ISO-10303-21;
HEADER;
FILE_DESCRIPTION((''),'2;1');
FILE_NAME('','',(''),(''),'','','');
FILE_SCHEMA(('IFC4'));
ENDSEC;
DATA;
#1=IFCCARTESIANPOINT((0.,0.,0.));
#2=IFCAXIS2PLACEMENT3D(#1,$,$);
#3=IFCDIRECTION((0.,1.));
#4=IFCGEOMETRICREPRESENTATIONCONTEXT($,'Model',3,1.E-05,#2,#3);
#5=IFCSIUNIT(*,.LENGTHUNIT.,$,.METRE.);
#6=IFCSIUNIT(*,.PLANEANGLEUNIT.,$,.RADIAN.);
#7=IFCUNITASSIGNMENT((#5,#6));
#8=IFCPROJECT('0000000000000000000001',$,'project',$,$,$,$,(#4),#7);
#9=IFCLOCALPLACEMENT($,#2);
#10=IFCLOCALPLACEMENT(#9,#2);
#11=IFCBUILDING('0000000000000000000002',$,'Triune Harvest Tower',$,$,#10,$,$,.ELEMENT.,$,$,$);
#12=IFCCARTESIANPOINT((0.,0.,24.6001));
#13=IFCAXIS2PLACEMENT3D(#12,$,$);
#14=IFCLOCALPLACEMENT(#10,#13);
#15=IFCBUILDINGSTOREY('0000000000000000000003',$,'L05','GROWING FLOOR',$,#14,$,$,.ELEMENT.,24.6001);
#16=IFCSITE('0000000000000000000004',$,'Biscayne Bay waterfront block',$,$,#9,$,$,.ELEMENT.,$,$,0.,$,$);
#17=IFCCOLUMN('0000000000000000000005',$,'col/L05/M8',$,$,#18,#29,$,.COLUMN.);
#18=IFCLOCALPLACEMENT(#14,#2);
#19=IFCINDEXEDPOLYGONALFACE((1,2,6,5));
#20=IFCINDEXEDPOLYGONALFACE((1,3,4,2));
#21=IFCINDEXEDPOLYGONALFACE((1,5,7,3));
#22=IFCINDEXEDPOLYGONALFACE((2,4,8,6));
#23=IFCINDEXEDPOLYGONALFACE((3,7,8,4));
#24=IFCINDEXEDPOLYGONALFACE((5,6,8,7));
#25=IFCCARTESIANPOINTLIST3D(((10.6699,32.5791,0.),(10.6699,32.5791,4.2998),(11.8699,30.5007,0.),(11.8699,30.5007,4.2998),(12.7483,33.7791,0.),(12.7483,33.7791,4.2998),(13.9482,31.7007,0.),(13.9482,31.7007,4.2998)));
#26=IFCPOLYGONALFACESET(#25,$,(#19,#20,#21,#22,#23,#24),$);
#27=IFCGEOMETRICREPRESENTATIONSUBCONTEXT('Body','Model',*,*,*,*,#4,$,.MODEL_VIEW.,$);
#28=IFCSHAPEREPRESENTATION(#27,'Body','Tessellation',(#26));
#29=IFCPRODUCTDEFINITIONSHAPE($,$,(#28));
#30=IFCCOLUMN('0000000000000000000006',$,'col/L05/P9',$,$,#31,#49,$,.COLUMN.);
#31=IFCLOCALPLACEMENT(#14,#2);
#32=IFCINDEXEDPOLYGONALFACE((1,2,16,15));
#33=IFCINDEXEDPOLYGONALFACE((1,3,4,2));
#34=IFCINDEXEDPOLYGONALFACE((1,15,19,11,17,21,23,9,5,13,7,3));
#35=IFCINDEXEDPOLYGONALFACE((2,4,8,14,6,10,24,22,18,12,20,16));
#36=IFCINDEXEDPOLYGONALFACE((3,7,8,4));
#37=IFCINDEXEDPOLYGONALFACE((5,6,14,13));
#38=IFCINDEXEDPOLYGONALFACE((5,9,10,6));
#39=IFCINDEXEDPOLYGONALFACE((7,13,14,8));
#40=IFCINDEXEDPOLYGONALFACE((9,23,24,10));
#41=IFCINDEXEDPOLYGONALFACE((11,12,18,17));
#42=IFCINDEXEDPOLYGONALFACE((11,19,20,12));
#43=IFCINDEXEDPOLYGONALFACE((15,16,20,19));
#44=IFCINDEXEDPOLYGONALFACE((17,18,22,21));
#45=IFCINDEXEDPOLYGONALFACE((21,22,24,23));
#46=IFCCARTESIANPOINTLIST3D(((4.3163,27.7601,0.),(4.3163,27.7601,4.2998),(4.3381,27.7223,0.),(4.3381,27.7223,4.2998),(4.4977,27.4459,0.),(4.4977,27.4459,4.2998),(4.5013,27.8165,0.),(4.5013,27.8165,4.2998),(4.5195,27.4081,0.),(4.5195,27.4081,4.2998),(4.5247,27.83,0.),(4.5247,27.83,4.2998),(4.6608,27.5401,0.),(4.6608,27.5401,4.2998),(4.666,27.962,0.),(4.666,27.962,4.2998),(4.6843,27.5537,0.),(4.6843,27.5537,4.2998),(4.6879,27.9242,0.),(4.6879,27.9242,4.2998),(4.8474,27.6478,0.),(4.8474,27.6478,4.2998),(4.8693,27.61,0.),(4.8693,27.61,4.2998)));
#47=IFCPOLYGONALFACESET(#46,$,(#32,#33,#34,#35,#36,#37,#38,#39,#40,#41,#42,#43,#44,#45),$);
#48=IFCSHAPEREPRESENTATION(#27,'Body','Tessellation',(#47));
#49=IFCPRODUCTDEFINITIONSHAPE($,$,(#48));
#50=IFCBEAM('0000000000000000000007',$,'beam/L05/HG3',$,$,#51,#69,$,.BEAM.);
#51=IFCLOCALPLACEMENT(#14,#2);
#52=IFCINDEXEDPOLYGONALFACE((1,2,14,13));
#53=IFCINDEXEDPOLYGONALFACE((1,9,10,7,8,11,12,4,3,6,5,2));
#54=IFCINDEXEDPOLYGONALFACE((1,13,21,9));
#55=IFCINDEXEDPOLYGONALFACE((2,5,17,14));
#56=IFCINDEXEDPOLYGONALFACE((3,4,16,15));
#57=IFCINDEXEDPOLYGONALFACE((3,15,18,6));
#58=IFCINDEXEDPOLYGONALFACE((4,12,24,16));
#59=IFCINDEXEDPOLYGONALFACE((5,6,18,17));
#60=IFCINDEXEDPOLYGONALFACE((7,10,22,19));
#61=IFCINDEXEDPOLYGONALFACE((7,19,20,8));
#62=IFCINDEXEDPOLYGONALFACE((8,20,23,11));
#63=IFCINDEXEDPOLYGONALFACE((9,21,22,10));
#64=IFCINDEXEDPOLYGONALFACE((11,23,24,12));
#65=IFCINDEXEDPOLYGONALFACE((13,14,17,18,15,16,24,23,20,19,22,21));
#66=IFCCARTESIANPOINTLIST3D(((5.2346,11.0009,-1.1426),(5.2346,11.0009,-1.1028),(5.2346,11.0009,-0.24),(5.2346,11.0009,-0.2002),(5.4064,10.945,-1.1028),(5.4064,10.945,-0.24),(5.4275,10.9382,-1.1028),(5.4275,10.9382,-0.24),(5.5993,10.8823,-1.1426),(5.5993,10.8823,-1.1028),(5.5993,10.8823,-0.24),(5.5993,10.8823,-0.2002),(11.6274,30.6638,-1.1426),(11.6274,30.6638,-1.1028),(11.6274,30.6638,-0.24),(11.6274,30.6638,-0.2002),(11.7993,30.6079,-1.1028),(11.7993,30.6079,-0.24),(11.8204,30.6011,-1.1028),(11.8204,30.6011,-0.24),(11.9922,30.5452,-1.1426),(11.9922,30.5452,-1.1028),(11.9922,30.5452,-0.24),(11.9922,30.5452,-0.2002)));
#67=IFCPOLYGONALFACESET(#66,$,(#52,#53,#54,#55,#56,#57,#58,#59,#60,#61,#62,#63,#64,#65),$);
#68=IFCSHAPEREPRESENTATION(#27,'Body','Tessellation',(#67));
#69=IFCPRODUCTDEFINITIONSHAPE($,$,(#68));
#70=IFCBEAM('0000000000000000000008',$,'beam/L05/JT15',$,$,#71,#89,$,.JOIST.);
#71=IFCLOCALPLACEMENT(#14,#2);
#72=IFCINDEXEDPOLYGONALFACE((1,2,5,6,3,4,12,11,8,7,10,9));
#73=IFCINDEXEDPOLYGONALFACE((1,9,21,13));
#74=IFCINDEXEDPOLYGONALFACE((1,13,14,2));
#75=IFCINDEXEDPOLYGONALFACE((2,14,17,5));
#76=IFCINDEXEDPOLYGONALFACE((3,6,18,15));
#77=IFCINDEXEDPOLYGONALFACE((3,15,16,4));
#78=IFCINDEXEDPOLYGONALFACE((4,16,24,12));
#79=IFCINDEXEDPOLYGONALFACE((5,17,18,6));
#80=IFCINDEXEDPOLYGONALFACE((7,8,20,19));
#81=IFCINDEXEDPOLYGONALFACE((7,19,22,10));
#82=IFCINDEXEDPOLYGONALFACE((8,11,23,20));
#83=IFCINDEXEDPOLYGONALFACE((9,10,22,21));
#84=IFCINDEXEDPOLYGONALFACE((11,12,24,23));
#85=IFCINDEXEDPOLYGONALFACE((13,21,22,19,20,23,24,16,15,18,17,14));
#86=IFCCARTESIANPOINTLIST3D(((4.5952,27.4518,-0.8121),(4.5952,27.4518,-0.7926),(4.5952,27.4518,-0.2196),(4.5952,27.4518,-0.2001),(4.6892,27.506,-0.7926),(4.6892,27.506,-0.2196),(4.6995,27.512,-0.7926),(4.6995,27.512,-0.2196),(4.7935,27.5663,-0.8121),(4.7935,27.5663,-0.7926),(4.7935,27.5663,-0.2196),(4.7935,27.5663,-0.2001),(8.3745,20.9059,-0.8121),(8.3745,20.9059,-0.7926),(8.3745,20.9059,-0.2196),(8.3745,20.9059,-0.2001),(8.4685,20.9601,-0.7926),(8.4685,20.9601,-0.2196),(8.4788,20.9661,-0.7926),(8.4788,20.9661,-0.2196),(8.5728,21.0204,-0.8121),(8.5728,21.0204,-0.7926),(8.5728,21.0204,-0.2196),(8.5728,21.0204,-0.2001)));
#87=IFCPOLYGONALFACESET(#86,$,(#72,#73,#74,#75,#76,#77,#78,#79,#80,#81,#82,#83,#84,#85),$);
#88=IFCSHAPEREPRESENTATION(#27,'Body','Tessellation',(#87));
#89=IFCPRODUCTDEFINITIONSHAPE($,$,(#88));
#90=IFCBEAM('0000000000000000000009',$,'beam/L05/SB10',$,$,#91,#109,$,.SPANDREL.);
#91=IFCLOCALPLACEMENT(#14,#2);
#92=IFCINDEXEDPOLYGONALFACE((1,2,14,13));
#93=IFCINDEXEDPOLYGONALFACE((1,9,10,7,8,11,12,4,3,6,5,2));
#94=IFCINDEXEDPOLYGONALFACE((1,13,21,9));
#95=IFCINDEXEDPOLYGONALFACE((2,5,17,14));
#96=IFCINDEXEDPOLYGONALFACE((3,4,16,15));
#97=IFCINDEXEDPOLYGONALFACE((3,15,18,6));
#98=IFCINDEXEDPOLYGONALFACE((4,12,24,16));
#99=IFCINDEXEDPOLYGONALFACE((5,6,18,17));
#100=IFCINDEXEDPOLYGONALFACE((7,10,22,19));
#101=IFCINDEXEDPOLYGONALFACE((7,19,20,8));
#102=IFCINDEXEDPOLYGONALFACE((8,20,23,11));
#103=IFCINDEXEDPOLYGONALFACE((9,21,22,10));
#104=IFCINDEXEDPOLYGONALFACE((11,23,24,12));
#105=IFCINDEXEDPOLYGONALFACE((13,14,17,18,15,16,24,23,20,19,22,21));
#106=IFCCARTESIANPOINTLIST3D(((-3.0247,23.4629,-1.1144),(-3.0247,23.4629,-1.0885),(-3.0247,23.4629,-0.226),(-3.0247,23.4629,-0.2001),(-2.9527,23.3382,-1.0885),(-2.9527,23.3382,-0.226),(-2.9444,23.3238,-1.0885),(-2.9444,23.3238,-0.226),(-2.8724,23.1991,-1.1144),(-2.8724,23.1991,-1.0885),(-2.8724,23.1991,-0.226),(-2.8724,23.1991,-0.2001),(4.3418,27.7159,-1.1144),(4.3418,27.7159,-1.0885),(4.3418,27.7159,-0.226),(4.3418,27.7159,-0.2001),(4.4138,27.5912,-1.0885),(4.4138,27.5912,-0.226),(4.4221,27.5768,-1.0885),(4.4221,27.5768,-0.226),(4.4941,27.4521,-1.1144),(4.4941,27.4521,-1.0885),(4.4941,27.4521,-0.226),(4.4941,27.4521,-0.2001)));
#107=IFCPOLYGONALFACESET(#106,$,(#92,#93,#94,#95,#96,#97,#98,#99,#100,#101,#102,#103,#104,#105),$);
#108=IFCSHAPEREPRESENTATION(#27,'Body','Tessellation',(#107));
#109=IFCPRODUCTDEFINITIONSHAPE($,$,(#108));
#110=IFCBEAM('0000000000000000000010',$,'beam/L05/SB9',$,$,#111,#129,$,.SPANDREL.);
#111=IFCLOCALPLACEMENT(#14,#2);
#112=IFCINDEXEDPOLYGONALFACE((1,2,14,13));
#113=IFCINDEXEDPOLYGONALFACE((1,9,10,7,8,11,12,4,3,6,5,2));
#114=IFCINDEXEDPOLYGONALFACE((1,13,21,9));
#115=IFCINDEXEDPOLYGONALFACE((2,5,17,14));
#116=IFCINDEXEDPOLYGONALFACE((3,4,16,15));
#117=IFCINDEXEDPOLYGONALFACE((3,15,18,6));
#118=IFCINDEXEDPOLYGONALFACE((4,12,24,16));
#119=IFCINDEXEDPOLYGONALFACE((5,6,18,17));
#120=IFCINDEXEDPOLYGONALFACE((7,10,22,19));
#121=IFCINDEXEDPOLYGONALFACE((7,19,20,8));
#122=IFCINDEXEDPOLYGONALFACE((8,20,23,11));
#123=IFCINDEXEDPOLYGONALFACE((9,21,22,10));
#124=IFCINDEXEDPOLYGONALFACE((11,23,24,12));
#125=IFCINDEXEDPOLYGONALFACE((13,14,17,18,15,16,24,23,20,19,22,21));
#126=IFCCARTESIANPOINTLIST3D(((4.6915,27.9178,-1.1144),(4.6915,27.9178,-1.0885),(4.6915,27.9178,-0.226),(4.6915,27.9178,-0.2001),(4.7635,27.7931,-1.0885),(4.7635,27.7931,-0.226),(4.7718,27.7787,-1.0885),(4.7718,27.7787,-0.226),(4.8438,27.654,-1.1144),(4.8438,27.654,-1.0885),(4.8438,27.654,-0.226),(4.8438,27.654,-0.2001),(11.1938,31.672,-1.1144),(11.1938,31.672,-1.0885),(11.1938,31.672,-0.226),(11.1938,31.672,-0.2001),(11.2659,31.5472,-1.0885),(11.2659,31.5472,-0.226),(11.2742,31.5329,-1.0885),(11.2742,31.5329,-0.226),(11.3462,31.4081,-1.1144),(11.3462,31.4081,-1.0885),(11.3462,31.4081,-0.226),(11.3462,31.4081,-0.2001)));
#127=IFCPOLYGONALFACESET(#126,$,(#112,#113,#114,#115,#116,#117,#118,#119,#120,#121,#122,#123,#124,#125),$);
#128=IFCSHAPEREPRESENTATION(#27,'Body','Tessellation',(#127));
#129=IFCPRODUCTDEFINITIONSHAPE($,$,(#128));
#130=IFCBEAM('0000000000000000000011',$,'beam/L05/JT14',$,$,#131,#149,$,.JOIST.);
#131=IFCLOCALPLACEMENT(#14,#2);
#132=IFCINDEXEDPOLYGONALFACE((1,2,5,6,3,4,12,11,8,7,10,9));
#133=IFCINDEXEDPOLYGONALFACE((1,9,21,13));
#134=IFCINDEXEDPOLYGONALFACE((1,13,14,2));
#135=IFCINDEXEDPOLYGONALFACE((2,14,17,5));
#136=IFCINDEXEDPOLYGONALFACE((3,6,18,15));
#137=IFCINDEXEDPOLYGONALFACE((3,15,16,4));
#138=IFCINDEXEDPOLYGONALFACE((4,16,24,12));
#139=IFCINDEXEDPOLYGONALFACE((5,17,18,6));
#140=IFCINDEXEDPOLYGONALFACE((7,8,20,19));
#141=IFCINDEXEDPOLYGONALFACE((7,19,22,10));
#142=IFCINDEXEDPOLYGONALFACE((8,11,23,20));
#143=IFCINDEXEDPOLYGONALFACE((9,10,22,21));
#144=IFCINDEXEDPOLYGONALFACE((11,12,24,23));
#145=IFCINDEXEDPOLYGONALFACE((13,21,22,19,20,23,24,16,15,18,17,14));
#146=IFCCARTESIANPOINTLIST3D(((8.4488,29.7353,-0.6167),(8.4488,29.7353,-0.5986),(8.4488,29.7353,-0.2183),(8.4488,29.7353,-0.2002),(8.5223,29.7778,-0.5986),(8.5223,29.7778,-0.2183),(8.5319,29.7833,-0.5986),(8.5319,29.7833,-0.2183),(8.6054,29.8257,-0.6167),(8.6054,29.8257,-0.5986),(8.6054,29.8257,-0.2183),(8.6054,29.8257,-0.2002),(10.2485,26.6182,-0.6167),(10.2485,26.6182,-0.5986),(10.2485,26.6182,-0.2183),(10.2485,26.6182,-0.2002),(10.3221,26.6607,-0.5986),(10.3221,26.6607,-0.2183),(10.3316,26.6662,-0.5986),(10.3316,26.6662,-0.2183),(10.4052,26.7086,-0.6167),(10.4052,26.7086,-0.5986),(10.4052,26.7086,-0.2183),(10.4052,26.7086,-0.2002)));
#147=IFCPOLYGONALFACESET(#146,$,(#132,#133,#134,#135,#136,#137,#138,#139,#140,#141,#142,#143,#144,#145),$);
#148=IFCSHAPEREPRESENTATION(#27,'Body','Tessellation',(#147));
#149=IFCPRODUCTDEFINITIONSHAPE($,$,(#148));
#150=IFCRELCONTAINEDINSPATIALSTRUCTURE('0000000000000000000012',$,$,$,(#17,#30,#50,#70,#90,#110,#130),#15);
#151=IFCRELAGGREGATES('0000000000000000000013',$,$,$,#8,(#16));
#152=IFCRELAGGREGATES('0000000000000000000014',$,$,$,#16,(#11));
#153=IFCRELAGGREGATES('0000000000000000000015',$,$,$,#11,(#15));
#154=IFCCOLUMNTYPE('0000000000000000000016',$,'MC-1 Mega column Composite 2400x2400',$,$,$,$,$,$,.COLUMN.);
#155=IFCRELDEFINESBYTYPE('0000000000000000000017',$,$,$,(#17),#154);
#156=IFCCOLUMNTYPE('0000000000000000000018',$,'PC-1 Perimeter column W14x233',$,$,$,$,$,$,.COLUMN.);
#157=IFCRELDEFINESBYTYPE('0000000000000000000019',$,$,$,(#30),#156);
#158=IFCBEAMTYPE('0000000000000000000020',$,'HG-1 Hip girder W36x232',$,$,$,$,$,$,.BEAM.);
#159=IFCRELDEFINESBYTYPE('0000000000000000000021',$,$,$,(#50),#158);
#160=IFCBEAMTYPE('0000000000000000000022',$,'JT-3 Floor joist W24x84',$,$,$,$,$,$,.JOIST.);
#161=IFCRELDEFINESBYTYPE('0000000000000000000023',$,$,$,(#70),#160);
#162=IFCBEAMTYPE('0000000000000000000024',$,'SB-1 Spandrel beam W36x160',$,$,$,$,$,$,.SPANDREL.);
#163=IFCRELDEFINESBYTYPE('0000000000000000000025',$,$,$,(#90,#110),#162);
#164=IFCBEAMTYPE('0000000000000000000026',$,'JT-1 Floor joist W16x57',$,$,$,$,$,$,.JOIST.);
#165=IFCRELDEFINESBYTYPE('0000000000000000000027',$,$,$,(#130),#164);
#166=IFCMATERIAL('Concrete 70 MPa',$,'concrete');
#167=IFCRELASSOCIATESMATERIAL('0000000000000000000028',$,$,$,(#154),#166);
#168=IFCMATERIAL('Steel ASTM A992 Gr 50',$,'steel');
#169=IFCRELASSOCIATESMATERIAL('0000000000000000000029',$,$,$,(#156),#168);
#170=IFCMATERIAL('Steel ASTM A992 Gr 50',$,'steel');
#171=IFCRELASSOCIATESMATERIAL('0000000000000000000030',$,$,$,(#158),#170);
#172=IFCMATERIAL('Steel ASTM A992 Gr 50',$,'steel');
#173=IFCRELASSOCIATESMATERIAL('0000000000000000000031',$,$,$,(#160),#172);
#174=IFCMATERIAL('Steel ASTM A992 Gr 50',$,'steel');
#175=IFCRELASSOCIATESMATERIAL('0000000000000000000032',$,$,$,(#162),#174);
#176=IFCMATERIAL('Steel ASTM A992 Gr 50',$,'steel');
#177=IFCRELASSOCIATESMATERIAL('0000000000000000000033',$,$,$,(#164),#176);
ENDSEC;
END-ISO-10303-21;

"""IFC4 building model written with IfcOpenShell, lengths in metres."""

from ifc_helpers import new_model, si_unit, direction, frame, origin, origin_2d, place, context, subcontext, project, spatial, rectangle, i_section, extrude, source, transform, mapped, material, material_profile, profile_set, type_object, element, save


model = new_model("IFC4")

# Units and contexts
model_context = context("Model", 3, precision=1e-05, world=origin(), true_north=direction((0.0, 1.0)))
body_context = subcontext(model_context, "Body", "Model", "MODEL_VIEW")
ifc_project = project(units=[si_unit("LENGTHUNIT", "METRE"), si_unit("PLANEANGLEUNIT", "RADIAN")], contexts=[model_context])

# Site, building, storey
site_placement = place(None, origin())
site = spatial("IfcSite", under=ifc_project, at=site_placement, Name="Biscayne Bay waterfront block", CompositionType="ELEMENT", RefElevation=0.0)
building_placement = place(site_placement, origin())
building = spatial("IfcBuilding", under=site, at=building_placement, Name="Triune Harvest Tower", CompositionType="ELEMENT")
storey_placement = place(building_placement, frame((0.0, 0.0, 24.6001)))
storey = spatial("IfcBuildingStorey", under=building, at=storey_placement, Name="L05", Description="GROWING FLOOR", CompositionType="ELEMENT", Elevation=24.6001)

# Columns
ifc_material_1 = material(Name="Concrete 70 MPa", Category="concrete")
ifc_material_profile_1 = material_profile(ifc_material_1, rectangle(XDim=2.3999, YDim=2.3999, at=origin_2d()), Name="Composite 2400x2400")
ifc_profile_set_1 = profile_set([ifc_material_profile_1], Name="Concrete 70 MPa")
column_type_1 = type_object("IfcColumnType", Name="MC-1 Mega column Composite 2400x2400", PredefinedType="COLUMN", material=ifc_profile_set_1)
shared_shape_1 = source(origin(), body_context, "Body", "SweptSolid", [
    extrude(rectangle(XDim=2.3999, YDim=2.3999, at=origin_2d()), origin(), (0.0, 0.0, 1.0), 4.2998),
])
column_1_placement = place(storey_placement, frame((12.3091, 32.1399, 0.0), z_axis=(0.0, 0.0, 1.0), x_axis=(-0.866025, -0.5, 0.0)))
element("IfcColumn", 1, at=column_1_placement, inside=storey, type_object=column_type_1, Name="col/L05/M8", PredefinedType="COLUMN", context=body_context, shape_type="MappedRepresentation", body=[
    mapped(shared_shape_1, transform((0.0, 0.0, 0.0), scale=1.0)),
])
ifc_material_2 = material(Name="Steel ASTM A992 Gr 50", Category="steel")
ifc_material_profile_2 = material_profile(ifc_material_2, i_section(OverallWidth=0.4038, OverallDepth=0.4065, WebThickness=0.0271, FlangeThickness=0.0437, at=origin_2d()), Name="W14x233")
ifc_profile_set_2 = profile_set([ifc_material_profile_2], Name="Steel ASTM A992 Gr 50")
column_type_2 = type_object("IfcColumnType", Name="PC-1 Perimeter column W14x233", PredefinedType="COLUMN", material=ifc_profile_set_2)
shared_shape_2 = source(origin(), body_context, "Body", "SweptSolid", [
    extrude(i_section(OverallWidth=0.4038, OverallDepth=0.4065, WebThickness=0.0271, FlangeThickness=0.0437, at=origin_2d()), origin(), (0.0, 0.0, 1.0), 4.2998),
])
column_2_placement = place(storey_placement, frame((4.5928, 27.6851, 0.0), z_axis=(0.0, 0.0, 1.0), x_axis=(-0.866025, -0.5, 0.0)))
element("IfcColumn", 2, at=column_2_placement, inside=storey, type_object=column_type_2, Name="col/L05/P9", PredefinedType="COLUMN", context=body_context, shape_type="MappedRepresentation", body=[
    mapped(shared_shape_2, transform((0.0, 0.0, 0.0), scale=1.0)),
])

# Beams
ifc_material_3 = material(Name="Steel ASTM A992 Gr 50", Category="steel")
ifc_material_profile_3 = material_profile(ifc_material_3, i_section(OverallWidth=0.3835, OverallDepth=0.9424, WebThickness=0.0222, FlangeThickness=0.0398, at=origin_2d()), Name="W36x232")
ifc_profile_set_3 = profile_set([ifc_material_profile_3], Name="Steel ASTM A992 Gr 50")
beam_type_1 = type_object("IfcBeamType", Name="HG-1 Hip girder W36x232", PredefinedType="BEAM", material=ifc_profile_set_3)
shared_shape_3 = source(origin(), body_context, "Body", "SweptSolid", [
    extrude(i_section(OverallWidth=0.3835, OverallDepth=0.9424, WebThickness=0.0222, FlangeThickness=0.0398, at=origin_2d()), origin(), (0.0, 0.0, 1.0), 20.676),
])
beam_1_placement = place(storey_placement, frame((11.8098, 30.6045, -0.6714), z_axis=(-0.309191, -0.951, 0.0), x_axis=(0.951, -0.309191, 0.0)))
element("IfcBeam", 3, at=beam_1_placement, inside=storey, type_object=beam_type_1, Name="beam/L05/HG3", PredefinedType="BEAM", context=body_context, shape_type="MappedRepresentation", body=[
    mapped(shared_shape_3, transform((0.0, 0.0, 0.0), scale=1.0)),
])
ifc_material_4 = material(Name="Steel ASTM A992 Gr 50", Category="steel")
ifc_material_profile_4 = material_profile(ifc_material_4, i_section(OverallWidth=0.229, OverallDepth=0.6121, WebThickness=0.012, FlangeThickness=0.0195, at=origin_2d()), Name="W24x84")
ifc_profile_set_4 = profile_set([ifc_material_profile_4], Name="Steel ASTM A992 Gr 50")
beam_type_2 = type_object("IfcBeamType", Name="JT-3 Floor joist W24x84", PredefinedType="JOIST", material=ifc_profile_set_4)
shared_shape_4 = source(origin(), body_context, "Body", "SweptSolid", [
    extrude(i_section(OverallWidth=0.229, OverallDepth=0.6121, WebThickness=0.012, FlangeThickness=0.0195, at=origin_2d()), origin(), (0.0, 0.0, 1.0), 7.5586),
])
beam_2_placement = place(storey_placement, frame((4.6943, 27.509, -0.5061), z_axis=(0.500002, -0.866024, 0.0), x_axis=(0.866024, 0.500002, 0.0)))
element("IfcBeam", 4, at=beam_2_placement, inside=storey, type_object=beam_type_2, Name="beam/L05/JT15", PredefinedType="JOIST", context=body_context, shape_type="MappedRepresentation", body=[
    mapped(shared_shape_4, transform((0.0, 0.0, 0.0), scale=1.0)),
])
ifc_material_5 = material(Name="Steel ASTM A992 Gr 50", Category="steel")
ifc_material_profile_5 = material_profile(ifc_material_5, i_section(OverallWidth=0.3047, OverallDepth=0.9143, WebThickness=0.0166, FlangeThickness=0.0259, at=origin_2d()), Name="W36x160")
ifc_profile_set_5 = profile_set([ifc_material_profile_5], Name="Steel ASTM A992 Gr 50")
beam_type_3 = type_object("IfcBeamType", Name="SB-1 Spandrel beam W36x160", PredefinedType="SPANDREL", material=ifc_profile_set_5)
shared_shape_5 = source(origin(), body_context, "Body", "SweptSolid", [
    extrude(i_section(OverallWidth=0.3047, OverallDepth=0.9143, WebThickness=0.0166, FlangeThickness=0.0259, at=origin_2d()), origin(), (0.0, 0.0, 1.0), 8.5061),
])
beam_3_placement = place(storey_placement, frame((4.418, 27.584, -0.6572), z_axis=(-0.86603, -0.499992, 0.0), x_axis=(0.499992, -0.86603, 0.0)))
element("IfcBeam", 5, at=beam_3_placement, inside=storey, type_object=beam_type_3, Name="beam/L05/SB10", PredefinedType="SPANDREL", context=body_context, shape_type="MappedRepresentation", body=[
    mapped(shared_shape_5, transform((0.0, 0.0, 0.0), scale=1.0)),
])
shared_shape_6 = source(origin(), body_context, "Body", "SweptSolid", [
    extrude(i_section(OverallWidth=0.3047, OverallDepth=0.9143, WebThickness=0.0166, FlangeThickness=0.0259, at=origin_2d()), origin(), (0.0, 0.0, 1.0), 7.5083),
])
beam_4_placement = place(storey_placement, frame((11.27, 31.54, -0.6572), z_axis=(-0.866027, -0.499996, 0.0), x_axis=(0.499996, -0.866027, 0.0)))
element("IfcBeam", 6, at=beam_4_placement, inside=storey, type_object=beam_type_3, Name="beam/L05/SB9", PredefinedType="SPANDREL", context=body_context, shape_type="MappedRepresentation", body=[
    mapped(shared_shape_6, transform((0.0, 0.0, 0.0), scale=1.0)),
])
ifc_material_6 = material(Name="Steel ASTM A992 Gr 50", Category="steel")
ifc_material_profile_6 = material_profile(ifc_material_6, i_section(OverallWidth=0.1809, OverallDepth=0.4165, WebThickness=0.011, FlangeThickness=0.0181, at=origin_2d()), Name="W16x57")
ifc_profile_set_6 = profile_set([ifc_material_profile_6], Name="Steel ASTM A992 Gr 50")
beam_type_4 = type_object("IfcBeamType", Name="JT-1 Floor joist W16x57", PredefinedType="JOIST", material=ifc_profile_set_6)
shared_shape_7 = source(origin(), body_context, "Body", "SweptSolid", [
    extrude(i_section(OverallWidth=0.1809, OverallDepth=0.4165, WebThickness=0.011, FlangeThickness=0.0181, at=origin_2d()), origin(), (0.0, 0.0, 1.0), 3.5994),
])
beam_5_placement = place(storey_placement, frame((8.5271, 29.7805, -0.4084), z_axis=(0.50002, -0.866014, 0.0), x_axis=(0.866014, 0.50002, 0.0)))
element("IfcBeam", 7, at=beam_5_placement, inside=storey, type_object=beam_type_4, Name="beam/L05/JT14", PredefinedType="JOIST", context=body_context, shape_type="MappedRepresentation", body=[
    mapped(shared_shape_7, transform((0.0, 0.0, 0.0), scale=1.0)),
])

save(model, "model.ifc")
